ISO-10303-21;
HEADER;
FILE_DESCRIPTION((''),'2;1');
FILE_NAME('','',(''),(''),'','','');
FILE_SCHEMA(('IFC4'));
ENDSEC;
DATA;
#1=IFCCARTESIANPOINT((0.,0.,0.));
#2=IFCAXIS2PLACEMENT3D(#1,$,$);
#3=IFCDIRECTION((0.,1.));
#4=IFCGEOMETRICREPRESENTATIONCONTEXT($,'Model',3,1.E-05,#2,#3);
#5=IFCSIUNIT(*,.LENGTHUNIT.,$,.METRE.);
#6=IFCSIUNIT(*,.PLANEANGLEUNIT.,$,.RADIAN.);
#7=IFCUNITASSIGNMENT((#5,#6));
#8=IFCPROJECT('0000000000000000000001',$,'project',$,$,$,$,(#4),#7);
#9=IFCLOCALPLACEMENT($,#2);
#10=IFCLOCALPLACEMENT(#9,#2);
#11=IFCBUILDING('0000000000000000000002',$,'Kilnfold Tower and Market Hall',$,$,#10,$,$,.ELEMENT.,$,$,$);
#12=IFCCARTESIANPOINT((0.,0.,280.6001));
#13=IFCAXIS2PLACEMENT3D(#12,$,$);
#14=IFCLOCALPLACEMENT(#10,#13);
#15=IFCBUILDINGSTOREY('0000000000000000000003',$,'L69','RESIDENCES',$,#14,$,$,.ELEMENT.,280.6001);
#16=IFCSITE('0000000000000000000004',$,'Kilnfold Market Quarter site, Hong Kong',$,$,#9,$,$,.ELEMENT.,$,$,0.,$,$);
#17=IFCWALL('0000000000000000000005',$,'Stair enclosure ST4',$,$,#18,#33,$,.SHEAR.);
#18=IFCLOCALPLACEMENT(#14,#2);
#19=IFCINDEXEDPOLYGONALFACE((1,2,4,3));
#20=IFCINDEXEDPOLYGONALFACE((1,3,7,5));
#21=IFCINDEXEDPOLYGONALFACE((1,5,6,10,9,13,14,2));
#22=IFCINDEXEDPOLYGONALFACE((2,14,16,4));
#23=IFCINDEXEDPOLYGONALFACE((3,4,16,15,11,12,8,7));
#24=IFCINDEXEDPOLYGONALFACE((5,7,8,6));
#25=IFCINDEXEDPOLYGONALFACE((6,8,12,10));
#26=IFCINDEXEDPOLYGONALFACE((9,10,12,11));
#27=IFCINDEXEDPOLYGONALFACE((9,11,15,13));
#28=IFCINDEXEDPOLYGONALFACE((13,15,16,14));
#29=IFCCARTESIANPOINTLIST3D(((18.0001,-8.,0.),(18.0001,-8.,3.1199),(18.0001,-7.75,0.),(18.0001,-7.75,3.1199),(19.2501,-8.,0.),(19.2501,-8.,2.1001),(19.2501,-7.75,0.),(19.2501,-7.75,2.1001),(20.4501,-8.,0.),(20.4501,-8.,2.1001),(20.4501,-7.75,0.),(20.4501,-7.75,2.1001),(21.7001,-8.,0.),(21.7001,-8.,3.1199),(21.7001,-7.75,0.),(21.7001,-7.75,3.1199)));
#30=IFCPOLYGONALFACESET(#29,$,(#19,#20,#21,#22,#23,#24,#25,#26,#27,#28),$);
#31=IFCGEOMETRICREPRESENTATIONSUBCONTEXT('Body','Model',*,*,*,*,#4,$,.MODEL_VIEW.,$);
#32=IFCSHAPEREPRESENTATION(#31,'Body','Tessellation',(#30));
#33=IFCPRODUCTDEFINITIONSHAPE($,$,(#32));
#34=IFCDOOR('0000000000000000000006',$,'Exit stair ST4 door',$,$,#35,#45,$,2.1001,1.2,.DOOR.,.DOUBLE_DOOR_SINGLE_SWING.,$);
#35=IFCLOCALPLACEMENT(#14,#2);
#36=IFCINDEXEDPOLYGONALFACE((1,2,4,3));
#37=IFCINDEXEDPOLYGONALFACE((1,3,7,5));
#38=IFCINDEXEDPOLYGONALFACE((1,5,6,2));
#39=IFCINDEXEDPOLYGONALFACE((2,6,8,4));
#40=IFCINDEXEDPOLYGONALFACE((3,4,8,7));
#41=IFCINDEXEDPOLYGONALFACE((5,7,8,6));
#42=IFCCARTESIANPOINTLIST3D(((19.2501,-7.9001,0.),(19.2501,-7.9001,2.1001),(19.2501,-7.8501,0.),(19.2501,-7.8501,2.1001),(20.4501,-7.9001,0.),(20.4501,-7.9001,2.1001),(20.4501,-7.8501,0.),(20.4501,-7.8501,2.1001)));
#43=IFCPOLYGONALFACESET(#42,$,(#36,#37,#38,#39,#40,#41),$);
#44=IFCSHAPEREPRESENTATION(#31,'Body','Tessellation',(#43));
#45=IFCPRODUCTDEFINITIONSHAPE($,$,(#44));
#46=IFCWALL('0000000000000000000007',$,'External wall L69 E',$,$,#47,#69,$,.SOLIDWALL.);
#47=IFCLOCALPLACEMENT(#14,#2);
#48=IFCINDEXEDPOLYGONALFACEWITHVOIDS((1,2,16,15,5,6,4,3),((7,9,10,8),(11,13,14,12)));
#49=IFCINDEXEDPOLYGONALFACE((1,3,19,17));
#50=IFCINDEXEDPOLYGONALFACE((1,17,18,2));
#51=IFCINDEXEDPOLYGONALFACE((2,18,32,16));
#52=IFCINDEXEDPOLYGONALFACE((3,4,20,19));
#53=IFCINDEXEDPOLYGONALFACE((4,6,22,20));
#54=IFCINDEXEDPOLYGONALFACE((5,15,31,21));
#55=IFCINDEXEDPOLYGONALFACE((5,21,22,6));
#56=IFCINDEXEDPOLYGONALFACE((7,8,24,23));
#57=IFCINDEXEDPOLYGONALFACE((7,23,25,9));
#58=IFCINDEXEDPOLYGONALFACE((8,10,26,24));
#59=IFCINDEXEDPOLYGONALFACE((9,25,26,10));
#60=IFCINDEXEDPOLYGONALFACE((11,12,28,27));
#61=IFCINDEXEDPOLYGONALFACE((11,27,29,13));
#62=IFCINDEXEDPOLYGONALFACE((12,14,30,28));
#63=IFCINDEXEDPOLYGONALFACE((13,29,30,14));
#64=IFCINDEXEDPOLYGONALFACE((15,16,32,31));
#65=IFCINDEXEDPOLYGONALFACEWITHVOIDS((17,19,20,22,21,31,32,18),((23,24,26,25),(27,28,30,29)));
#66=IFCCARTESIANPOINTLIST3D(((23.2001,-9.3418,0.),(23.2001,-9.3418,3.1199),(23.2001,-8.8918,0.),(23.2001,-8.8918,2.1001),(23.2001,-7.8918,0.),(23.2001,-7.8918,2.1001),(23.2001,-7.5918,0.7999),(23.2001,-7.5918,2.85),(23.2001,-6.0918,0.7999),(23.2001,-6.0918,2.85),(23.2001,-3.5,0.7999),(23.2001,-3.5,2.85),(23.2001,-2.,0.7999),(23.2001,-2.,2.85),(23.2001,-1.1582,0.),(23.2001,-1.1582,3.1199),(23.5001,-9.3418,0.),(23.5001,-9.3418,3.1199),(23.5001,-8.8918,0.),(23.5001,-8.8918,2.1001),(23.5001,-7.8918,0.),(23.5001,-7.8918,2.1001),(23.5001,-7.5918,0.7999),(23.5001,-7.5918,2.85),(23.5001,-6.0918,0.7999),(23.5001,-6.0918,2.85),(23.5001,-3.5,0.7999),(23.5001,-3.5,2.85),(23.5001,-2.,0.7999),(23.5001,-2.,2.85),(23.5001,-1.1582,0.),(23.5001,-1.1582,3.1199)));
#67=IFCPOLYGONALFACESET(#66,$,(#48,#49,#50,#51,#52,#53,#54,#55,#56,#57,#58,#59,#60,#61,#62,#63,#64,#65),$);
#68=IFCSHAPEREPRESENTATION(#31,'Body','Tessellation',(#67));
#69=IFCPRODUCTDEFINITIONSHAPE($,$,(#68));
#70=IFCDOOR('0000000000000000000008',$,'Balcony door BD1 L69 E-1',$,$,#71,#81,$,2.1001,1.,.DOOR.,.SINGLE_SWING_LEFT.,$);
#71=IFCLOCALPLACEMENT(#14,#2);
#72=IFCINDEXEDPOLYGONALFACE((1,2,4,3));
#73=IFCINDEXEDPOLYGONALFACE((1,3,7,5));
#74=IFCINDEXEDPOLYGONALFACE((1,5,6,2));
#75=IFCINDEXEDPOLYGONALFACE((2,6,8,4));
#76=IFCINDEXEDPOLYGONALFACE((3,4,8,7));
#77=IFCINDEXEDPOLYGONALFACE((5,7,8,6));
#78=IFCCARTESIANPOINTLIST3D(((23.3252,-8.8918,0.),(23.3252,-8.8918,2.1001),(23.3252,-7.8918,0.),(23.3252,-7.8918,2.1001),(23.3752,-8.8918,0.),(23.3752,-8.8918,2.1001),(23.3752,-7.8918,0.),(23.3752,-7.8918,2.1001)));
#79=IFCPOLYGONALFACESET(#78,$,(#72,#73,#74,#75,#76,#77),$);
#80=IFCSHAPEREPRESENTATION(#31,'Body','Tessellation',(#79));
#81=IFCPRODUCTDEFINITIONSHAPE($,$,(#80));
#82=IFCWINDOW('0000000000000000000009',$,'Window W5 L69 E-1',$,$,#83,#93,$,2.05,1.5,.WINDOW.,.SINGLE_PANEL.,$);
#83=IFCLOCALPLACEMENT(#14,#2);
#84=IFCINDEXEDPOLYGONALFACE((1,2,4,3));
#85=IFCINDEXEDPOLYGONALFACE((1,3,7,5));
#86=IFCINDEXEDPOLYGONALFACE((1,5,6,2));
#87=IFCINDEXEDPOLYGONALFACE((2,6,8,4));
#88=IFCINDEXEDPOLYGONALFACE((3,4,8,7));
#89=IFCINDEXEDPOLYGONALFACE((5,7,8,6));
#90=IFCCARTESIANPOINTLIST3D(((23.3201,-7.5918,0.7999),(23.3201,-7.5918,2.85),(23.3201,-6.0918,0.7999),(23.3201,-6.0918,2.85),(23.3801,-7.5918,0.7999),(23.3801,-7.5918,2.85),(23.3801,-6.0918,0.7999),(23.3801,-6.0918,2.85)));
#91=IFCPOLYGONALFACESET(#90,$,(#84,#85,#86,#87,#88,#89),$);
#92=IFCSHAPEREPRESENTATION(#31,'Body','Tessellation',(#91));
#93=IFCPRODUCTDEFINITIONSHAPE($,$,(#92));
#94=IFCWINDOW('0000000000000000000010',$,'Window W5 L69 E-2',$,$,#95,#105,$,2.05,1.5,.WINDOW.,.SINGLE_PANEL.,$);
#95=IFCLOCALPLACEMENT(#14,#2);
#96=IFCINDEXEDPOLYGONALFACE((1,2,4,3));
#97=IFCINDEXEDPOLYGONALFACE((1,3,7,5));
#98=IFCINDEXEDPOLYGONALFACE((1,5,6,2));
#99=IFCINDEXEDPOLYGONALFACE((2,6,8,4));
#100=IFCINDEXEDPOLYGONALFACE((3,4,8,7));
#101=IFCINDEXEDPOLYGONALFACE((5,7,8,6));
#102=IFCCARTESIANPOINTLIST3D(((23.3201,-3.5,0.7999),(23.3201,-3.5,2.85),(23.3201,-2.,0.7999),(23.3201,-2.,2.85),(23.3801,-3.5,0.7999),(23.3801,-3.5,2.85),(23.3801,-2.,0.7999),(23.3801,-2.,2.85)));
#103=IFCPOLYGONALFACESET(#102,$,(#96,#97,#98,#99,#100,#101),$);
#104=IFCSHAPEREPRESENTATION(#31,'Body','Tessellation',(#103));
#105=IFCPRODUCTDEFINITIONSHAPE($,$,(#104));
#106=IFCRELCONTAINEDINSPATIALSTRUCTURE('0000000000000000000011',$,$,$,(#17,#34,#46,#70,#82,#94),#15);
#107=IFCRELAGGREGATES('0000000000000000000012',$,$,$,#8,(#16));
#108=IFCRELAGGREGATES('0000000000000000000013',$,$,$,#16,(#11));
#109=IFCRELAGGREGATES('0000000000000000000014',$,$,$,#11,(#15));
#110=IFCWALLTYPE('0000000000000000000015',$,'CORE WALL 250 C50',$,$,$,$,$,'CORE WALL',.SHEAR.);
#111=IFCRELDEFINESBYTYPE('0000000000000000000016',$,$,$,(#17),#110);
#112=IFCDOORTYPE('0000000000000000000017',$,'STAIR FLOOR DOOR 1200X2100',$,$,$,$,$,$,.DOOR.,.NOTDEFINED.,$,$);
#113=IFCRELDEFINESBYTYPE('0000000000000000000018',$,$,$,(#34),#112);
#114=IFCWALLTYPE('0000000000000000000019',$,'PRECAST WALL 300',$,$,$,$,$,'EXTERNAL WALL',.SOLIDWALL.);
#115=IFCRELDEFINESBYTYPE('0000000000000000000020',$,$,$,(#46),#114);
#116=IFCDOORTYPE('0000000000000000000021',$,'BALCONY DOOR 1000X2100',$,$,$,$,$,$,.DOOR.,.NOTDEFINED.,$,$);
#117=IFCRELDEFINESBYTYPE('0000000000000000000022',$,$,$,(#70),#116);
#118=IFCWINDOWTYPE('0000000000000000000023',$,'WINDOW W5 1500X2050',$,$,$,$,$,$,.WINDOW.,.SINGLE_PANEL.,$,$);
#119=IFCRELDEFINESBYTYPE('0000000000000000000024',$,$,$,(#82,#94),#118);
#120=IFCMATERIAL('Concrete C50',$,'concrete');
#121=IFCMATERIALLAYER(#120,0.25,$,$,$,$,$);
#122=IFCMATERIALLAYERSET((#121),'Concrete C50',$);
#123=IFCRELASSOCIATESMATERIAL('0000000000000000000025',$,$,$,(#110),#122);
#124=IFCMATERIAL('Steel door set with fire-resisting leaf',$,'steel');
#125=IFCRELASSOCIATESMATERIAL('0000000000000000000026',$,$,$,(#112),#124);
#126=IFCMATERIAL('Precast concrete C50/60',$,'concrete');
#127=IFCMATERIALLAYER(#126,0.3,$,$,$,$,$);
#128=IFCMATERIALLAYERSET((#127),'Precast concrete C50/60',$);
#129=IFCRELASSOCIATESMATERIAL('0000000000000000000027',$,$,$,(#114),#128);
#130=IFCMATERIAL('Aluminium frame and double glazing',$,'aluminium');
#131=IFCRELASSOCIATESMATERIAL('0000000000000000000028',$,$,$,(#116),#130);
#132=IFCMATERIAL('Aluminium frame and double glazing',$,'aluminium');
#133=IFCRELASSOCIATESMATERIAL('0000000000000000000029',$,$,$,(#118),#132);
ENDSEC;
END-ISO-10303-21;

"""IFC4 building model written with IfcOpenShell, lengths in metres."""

from ifc_helpers import new_model, si_unit, direction, frame, frame_2d, origin, place, context, subcontext, project, spatial, rectangle, extrude, source, transform, mapped, material, layer, layer_set, type_object, element, fill, save


model = new_model("IFC4")

# Units and contexts
model_context = context("Model", 3, precision=1e-05, world=origin(), true_north=direction((0.0, 1.0)))
body_context = subcontext(model_context, "Body", "Model", "MODEL_VIEW")
ifc_project = project(units=[si_unit("LENGTHUNIT", "METRE"), si_unit("PLANEANGLEUNIT", "RADIAN")], contexts=[model_context])

# Site, building, storey
site_placement = place(None, origin())
site = spatial("IfcSite", under=ifc_project, at=site_placement, Name="Kilnfold Market Quarter site, Hong Kong", CompositionType="ELEMENT", RefElevation=0.0)
building_placement = place(site_placement, origin())
building = spatial("IfcBuilding", under=site, at=building_placement, Name="Kilnfold Tower and Market Hall", CompositionType="ELEMENT")
storey_placement = place(building_placement, frame((0.0, 0.0, 280.6001)))
storey = spatial("IfcBuildingStorey", under=building, at=storey_placement, Name="L69", Description="RESIDENCES", CompositionType="ELEMENT", Elevation=280.6001)

# Wall, opening, door
ifc_material_1 = material(Name="Concrete C50", Category="concrete")
ifc_layer_1 = layer(ifc_material_1, 0.25)
ifc_layer_set_1 = layer_set([ifc_layer_1], Name="Concrete C50")
wall_type_1 = type_object("IfcWallType", Name="CORE WALL 250 C50", ElementType="CORE WALL", PredefinedType="SHEAR", material=ifc_layer_set_1)
shared_shape_1 = source(origin(), body_context, "Body", "SweptSolid", [
    extrude(rectangle(XDim=3.7, YDim=0.25, at=frame_2d((1.8501, 0.0))), origin(), (0.0, 0.0, 1.0), 3.1199),
])
wall_1_placement = place(storey_placement, frame((18.0, -7.875, 0.0), z_axis=(0.0, 0.0, 1.0), x_axis=(1.0, 0.0, 0.0)))
wall_1 = element("IfcWall", 1, at=wall_1_placement, inside=storey, type_object=wall_type_1, Name="Stair enclosure ST4", PredefinedType="SHEAR", context=body_context, shape_type="MappedRepresentation", body=[
    mapped(shared_shape_1, transform((0.0, 0.0, 0.0))),
])
opening_1_placement = place(wall_1_placement, frame((1.25, 0.0, 0.0)))
opening_1 = element("IfcOpeningElement", 2, at=opening_1_placement, cuts=wall_1, PredefinedType="OPENING", context=body_context, shape_type="SweptSolid", body=[
    extrude(rectangle(XDim=1.2, YDim=2.1001, at=frame_2d((0.6001, 1.05))), frame((0.0, 0.135, 0.0), z_axis=(0.0, -1.0, 0.0), x_axis=(1.0, 0.0, 0.0)), (0.0, 0.0, 1.0), 0.27),
])
ifc_material_2 = material(Name="Steel door set with fire-resisting leaf", Category="steel")
door_type_1 = type_object("IfcDoorType", Name="STAIR FLOOR DOOR 1200X2100", OperationType="NOTDEFINED", PredefinedType="DOOR", material=ifc_material_2)
door_1_placement = place(opening_1_placement, origin())
door_1 = element("IfcDoor", 3, at=door_1_placement, inside=storey, type_object=door_type_1, Name="Exit stair ST4 door", OperationType="DOUBLE_DOOR_SINGLE_SWING", OverallHeight=2.1001, OverallWidth=1.2, PredefinedType="DOOR", context=body_context, shape_type="SweptSolid", body=[
    extrude(rectangle(XDim=1.2, YDim=2.1001, at=frame_2d((0.6001, 1.05))), frame((0.0, 0.0249, 0.0), z_axis=(0.0, -1.0, 0.0), x_axis=(1.0, 0.0, 0.0)), (0.0, 0.0, 1.0), 0.05),
])
fill(opening_1, door_1)

# Wall, openings, door, windows
ifc_material_3 = material(Name="Precast concrete C50/60", Category="concrete")
ifc_layer_2 = layer(ifc_material_3, 0.3)
ifc_layer_set_2 = layer_set([ifc_layer_2], Name="Precast concrete C50/60")
wall_type_2 = type_object("IfcWallType", Name="PRECAST WALL 300", ElementType="EXTERNAL WALL", PredefinedType="SOLIDWALL", material=ifc_layer_set_2)
shared_shape_2 = source(origin(), body_context, "Body", "SweptSolid", [
    extrude(rectangle(XDim=8.1836, YDim=0.3, at=frame_2d((4.0918, 0.0))), origin(), (0.0, 0.0, 1.0), 3.1199),
])
wall_2_placement = place(storey_placement, frame((23.3501, -9.3418, 0.0), z_axis=(0.0, 0.0, 1.0), x_axis=(0.0, 1.0, 0.0)))
wall_2 = element("IfcWall", 4, at=wall_2_placement, inside=storey, type_object=wall_type_2, Name="External wall L69 E", PredefinedType="SOLIDWALL", context=body_context, shape_type="MappedRepresentation", body=[
    mapped(shared_shape_2, transform((0.0, 0.0, 0.0))),
])
opening_2_placement = place(wall_2_placement, frame((1.75, 0.0, 0.8)))
opening_2 = element("IfcOpeningElement", 5, at=opening_2_placement, cuts=wall_2, PredefinedType="OPENING", context=body_context, shape_type="SweptSolid", body=[
    extrude(rectangle(XDim=1.5, YDim=2.05, at=frame_2d((0.75, 1.0249))), frame((0.0, 0.1602, 0.0), z_axis=(0.0, -1.0, 0.0), x_axis=(1.0, 0.0, 0.0)), (0.0, 0.0, 1.0), 0.3201),
])
opening_3_placement = place(wall_2_placement, frame((0.45, 0.0, 0.0)))
opening_3 = element("IfcOpeningElement", 6, at=opening_3_placement, cuts=wall_2, PredefinedType="OPENING", context=body_context, shape_type="SweptSolid", body=[
    extrude(rectangle(XDim=1.0, YDim=2.1001, at=frame_2d((0.5, 1.05))), frame((0.0, 0.1602, 0.0), z_axis=(0.0, -1.0, 0.0), x_axis=(1.0, 0.0, 0.0)), (0.0, 0.0, 1.0), 0.3201),
])
opening_4_placement = place(wall_2_placement, frame((5.8418, 0.0, 0.8)))
opening_4 = element("IfcOpeningElement", 7, at=opening_4_placement, cuts=wall_2, PredefinedType="OPENING", context=body_context, shape_type="SweptSolid", body=[
    extrude(rectangle(XDim=1.5, YDim=2.05, at=frame_2d((0.75, 1.0249))), frame((0.0, 0.1602, 0.0), z_axis=(0.0, -1.0, 0.0), x_axis=(1.0, 0.0, 0.0)), (0.0, 0.0, 1.0), 0.3201),
])
ifc_material_4 = material(Name="Aluminium frame and double glazing", Category="aluminium")
door_type_2 = type_object("IfcDoorType", Name="BALCONY DOOR 1000X2100", OperationType="NOTDEFINED", PredefinedType="DOOR", material=ifc_material_4)
door_2_placement = place(opening_3_placement, origin())
door_2 = element("IfcDoor", 8, at=door_2_placement, inside=storey, type_object=door_type_2, Name="Balcony door BD1 L69 E-1", OperationType="SINGLE_SWING_LEFT", OverallHeight=2.1001, OverallWidth=1.0, PredefinedType="DOOR", context=body_context, shape_type="SweptSolid", body=[
    extrude(rectangle(XDim=1.0, YDim=2.1001, at=frame_2d((0.5, 1.05))), frame((0.0, 0.0249, 0.0), z_axis=(0.0, -1.0, 0.0), x_axis=(1.0, 0.0, 0.0)), (0.0, 0.0, 1.0), 0.05),
])
fill(opening_3, door_2)
ifc_material_5 = material(Name="Aluminium frame and double glazing", Category="aluminium")
window_type = type_object("IfcWindowType", Name="WINDOW W5 1500X2050", PartitioningType="SINGLE_PANEL", PredefinedType="WINDOW", material=ifc_material_5)
window_1_placement = place(opening_2_placement, origin())
window_1 = element("IfcWindow", 9, at=window_1_placement, inside=storey, type_object=window_type, Name="Window W5 L69 E-1", OverallHeight=2.05, OverallWidth=1.5, PartitioningType="SINGLE_PANEL", PredefinedType="WINDOW", context=body_context, shape_type="SweptSolid", body=[
    extrude(rectangle(XDim=1.5, YDim=2.05, at=frame_2d((0.75, 1.0249))), frame((0.0, 0.03, 0.0), z_axis=(0.0, -1.0, 0.0), x_axis=(1.0, 0.0, 0.0)), (0.0, 0.0, 1.0), 0.0601),
])
fill(opening_2, window_1)
window_2_placement = place(opening_4_placement, origin())
window_2 = element("IfcWindow", 10, at=window_2_placement, inside=storey, type_object=window_type, Name="Window W5 L69 E-2", OverallHeight=2.05, OverallWidth=1.5, PartitioningType="SINGLE_PANEL", PredefinedType="WINDOW", context=body_context, shape_type="SweptSolid", body=[
    extrude(rectangle(XDim=1.5, YDim=2.05, at=frame_2d((0.75, 1.0249))), frame((0.0, 0.03, 0.0), z_axis=(0.0, -1.0, 0.0), x_axis=(1.0, 0.0, 0.0)), (0.0, 0.0, 1.0), 0.0601),
])
fill(opening_4, window_2)

save(model, "model.ifc")
